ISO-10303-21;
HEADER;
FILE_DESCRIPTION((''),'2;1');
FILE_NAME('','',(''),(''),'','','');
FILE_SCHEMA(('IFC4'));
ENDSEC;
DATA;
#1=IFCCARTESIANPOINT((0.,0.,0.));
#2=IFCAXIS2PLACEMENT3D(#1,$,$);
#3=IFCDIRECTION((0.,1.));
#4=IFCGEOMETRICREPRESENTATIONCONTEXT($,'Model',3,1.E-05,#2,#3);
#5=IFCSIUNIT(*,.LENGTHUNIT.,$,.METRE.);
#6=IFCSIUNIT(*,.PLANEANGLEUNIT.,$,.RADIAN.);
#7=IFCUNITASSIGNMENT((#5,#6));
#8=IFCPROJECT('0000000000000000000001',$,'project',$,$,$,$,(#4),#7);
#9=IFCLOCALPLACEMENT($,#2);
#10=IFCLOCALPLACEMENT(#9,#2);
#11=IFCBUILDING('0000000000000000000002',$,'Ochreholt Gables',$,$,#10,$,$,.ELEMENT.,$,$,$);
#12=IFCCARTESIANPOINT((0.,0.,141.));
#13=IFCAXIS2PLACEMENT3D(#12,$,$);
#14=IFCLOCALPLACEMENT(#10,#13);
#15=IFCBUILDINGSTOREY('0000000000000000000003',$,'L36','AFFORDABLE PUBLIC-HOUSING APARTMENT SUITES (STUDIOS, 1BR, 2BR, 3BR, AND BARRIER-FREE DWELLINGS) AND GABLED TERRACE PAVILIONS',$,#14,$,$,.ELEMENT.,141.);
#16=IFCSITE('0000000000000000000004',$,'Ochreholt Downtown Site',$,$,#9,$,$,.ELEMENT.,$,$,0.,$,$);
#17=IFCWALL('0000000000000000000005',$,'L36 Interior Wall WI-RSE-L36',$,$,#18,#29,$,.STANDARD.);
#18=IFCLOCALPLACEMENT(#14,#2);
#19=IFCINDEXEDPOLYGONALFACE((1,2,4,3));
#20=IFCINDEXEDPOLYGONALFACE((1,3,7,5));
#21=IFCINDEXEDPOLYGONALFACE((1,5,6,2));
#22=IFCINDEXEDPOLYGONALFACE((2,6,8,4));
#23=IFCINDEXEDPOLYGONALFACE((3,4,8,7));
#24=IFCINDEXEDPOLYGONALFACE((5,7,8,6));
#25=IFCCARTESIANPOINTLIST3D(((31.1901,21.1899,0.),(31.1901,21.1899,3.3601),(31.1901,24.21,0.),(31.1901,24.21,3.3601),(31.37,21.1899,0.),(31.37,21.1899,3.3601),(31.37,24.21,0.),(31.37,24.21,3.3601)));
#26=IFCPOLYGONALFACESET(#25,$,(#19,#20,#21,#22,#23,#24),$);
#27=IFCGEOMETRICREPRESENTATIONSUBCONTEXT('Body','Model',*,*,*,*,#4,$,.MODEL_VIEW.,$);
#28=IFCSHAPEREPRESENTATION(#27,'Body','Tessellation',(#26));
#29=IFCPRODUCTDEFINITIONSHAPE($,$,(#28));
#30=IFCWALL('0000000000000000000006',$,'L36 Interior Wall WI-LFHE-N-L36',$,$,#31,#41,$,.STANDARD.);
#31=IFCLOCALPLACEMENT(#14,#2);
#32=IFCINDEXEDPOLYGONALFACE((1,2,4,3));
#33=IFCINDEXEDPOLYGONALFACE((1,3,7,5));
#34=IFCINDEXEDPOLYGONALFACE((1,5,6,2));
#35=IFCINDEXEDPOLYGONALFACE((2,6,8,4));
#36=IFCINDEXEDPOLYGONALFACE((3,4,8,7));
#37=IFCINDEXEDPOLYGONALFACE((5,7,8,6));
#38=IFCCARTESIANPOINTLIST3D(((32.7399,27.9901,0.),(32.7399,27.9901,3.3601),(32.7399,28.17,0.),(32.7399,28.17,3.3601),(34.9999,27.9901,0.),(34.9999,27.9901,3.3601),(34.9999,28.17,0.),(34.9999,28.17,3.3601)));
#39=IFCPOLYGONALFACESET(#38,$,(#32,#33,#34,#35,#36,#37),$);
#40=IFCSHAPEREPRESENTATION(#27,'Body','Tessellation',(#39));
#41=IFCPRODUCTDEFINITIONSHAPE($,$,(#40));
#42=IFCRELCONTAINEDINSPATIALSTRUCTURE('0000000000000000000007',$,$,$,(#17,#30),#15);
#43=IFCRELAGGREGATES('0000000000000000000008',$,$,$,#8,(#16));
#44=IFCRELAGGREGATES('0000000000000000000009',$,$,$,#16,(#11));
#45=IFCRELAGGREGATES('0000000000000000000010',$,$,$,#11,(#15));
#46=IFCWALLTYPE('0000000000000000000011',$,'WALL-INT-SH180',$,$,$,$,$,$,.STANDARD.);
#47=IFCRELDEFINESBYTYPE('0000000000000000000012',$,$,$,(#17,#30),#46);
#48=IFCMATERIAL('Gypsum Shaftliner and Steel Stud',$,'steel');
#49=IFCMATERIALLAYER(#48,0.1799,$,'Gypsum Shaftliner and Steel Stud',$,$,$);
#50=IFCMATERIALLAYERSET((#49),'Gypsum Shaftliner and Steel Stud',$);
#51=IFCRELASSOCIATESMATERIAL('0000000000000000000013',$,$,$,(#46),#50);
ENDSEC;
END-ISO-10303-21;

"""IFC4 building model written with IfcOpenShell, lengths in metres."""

from ifc_helpers import new_model, si_unit, direction, frame, frame_2d, origin, place, context, subcontext, project, spatial, rectangle, extrude, material, layer, layer_set, type_object, element, save


model = new_model("IFC4")

# Units and contexts
model_context = context("Model", 3, precision=1e-05, world=origin(), true_north=direction((0.0, 1.0)))
body_context = subcontext(model_context, "Body", "Model", "MODEL_VIEW")
ifc_project = project(units=[si_unit("LENGTHUNIT", "METRE"), si_unit("PLANEANGLEUNIT", "RADIAN")], contexts=[model_context])

# Site, building, storey
site_placement = place(None, origin())
site = spatial("IfcSite", under=ifc_project, at=site_placement, Name="Ochreholt Downtown Site", CompositionType="ELEMENT", RefElevation=0.0)
building_placement = place(site_placement, origin())
building = spatial("IfcBuilding", under=site, at=building_placement, Name="Ochreholt Gables", CompositionType="ELEMENT")
storey_placement = place(building_placement, frame((0.0, 0.0, 141.0)))
storey = spatial("IfcBuildingStorey", under=building, at=storey_placement, Name="L36", Description="AFFORDABLE PUBLIC-HOUSING APARTMENT SUITES (STUDIOS, 1BR, 2BR, 3BR, AND BARRIER-FREE DWELLINGS) AND GABLED TERRACE PAVILIONS", CompositionType="ELEMENT", Elevation=141.0)

# Walls
ifc_material_1 = material(Name="Gypsum Shaftliner and Steel Stud", Category="steel")
ifc_layer_1 = layer(ifc_material_1, 0.1799, Name="Gypsum Shaftliner and Steel Stud")
ifc_layer_set_1 = layer_set([ifc_layer_1], Name="Gypsum Shaftliner and Steel Stud")
wall_type_1 = type_object("IfcWallType", Name="WALL-INT-SH180", PredefinedType="STANDARD", material=ifc_layer_set_1)
for number, where, z_axis, x_axis, name in (
    (1, (31.28, 21.1899, 0.0), (0.0, 0.0, 1.0), (0.0, 1.0, 0.0), "L36 Interior Wall WI-RSE-L36"),
):
    element("IfcWall", number, at=place(storey_placement, frame(where, z_axis=z_axis, x_axis=x_axis)), inside=storey, type_object=wall_type_1, Name=name, PredefinedType="STANDARD", context=body_context, shape_type="SweptSolid", body=[
        extrude(rectangle(XDim=3.02, YDim=0.1799, at=frame_2d((1.51, 0.0))), origin(), (0.0, 0.0, 1.0), 3.3601),
    ])
wall_1_placement = place(storey_placement, frame((32.74, 28.0801, 0.0), z_axis=(0.0, 0.0, 1.0), x_axis=(1.0, 0.0, 0.0)))
element("IfcWall", 2, at=wall_1_placement, inside=storey, type_object=wall_type_1, Name="L36 Interior Wall WI-LFHE-N-L36", PredefinedType="STANDARD", context=body_context, shape_type="SweptSolid", body=[
    extrude(rectangle(XDim=2.26, YDim=0.1799, at=frame_2d((1.1299, 0.0))), origin(), (0.0, 0.0, 1.0), 3.3601),
])

save(model, "model.ifc")
